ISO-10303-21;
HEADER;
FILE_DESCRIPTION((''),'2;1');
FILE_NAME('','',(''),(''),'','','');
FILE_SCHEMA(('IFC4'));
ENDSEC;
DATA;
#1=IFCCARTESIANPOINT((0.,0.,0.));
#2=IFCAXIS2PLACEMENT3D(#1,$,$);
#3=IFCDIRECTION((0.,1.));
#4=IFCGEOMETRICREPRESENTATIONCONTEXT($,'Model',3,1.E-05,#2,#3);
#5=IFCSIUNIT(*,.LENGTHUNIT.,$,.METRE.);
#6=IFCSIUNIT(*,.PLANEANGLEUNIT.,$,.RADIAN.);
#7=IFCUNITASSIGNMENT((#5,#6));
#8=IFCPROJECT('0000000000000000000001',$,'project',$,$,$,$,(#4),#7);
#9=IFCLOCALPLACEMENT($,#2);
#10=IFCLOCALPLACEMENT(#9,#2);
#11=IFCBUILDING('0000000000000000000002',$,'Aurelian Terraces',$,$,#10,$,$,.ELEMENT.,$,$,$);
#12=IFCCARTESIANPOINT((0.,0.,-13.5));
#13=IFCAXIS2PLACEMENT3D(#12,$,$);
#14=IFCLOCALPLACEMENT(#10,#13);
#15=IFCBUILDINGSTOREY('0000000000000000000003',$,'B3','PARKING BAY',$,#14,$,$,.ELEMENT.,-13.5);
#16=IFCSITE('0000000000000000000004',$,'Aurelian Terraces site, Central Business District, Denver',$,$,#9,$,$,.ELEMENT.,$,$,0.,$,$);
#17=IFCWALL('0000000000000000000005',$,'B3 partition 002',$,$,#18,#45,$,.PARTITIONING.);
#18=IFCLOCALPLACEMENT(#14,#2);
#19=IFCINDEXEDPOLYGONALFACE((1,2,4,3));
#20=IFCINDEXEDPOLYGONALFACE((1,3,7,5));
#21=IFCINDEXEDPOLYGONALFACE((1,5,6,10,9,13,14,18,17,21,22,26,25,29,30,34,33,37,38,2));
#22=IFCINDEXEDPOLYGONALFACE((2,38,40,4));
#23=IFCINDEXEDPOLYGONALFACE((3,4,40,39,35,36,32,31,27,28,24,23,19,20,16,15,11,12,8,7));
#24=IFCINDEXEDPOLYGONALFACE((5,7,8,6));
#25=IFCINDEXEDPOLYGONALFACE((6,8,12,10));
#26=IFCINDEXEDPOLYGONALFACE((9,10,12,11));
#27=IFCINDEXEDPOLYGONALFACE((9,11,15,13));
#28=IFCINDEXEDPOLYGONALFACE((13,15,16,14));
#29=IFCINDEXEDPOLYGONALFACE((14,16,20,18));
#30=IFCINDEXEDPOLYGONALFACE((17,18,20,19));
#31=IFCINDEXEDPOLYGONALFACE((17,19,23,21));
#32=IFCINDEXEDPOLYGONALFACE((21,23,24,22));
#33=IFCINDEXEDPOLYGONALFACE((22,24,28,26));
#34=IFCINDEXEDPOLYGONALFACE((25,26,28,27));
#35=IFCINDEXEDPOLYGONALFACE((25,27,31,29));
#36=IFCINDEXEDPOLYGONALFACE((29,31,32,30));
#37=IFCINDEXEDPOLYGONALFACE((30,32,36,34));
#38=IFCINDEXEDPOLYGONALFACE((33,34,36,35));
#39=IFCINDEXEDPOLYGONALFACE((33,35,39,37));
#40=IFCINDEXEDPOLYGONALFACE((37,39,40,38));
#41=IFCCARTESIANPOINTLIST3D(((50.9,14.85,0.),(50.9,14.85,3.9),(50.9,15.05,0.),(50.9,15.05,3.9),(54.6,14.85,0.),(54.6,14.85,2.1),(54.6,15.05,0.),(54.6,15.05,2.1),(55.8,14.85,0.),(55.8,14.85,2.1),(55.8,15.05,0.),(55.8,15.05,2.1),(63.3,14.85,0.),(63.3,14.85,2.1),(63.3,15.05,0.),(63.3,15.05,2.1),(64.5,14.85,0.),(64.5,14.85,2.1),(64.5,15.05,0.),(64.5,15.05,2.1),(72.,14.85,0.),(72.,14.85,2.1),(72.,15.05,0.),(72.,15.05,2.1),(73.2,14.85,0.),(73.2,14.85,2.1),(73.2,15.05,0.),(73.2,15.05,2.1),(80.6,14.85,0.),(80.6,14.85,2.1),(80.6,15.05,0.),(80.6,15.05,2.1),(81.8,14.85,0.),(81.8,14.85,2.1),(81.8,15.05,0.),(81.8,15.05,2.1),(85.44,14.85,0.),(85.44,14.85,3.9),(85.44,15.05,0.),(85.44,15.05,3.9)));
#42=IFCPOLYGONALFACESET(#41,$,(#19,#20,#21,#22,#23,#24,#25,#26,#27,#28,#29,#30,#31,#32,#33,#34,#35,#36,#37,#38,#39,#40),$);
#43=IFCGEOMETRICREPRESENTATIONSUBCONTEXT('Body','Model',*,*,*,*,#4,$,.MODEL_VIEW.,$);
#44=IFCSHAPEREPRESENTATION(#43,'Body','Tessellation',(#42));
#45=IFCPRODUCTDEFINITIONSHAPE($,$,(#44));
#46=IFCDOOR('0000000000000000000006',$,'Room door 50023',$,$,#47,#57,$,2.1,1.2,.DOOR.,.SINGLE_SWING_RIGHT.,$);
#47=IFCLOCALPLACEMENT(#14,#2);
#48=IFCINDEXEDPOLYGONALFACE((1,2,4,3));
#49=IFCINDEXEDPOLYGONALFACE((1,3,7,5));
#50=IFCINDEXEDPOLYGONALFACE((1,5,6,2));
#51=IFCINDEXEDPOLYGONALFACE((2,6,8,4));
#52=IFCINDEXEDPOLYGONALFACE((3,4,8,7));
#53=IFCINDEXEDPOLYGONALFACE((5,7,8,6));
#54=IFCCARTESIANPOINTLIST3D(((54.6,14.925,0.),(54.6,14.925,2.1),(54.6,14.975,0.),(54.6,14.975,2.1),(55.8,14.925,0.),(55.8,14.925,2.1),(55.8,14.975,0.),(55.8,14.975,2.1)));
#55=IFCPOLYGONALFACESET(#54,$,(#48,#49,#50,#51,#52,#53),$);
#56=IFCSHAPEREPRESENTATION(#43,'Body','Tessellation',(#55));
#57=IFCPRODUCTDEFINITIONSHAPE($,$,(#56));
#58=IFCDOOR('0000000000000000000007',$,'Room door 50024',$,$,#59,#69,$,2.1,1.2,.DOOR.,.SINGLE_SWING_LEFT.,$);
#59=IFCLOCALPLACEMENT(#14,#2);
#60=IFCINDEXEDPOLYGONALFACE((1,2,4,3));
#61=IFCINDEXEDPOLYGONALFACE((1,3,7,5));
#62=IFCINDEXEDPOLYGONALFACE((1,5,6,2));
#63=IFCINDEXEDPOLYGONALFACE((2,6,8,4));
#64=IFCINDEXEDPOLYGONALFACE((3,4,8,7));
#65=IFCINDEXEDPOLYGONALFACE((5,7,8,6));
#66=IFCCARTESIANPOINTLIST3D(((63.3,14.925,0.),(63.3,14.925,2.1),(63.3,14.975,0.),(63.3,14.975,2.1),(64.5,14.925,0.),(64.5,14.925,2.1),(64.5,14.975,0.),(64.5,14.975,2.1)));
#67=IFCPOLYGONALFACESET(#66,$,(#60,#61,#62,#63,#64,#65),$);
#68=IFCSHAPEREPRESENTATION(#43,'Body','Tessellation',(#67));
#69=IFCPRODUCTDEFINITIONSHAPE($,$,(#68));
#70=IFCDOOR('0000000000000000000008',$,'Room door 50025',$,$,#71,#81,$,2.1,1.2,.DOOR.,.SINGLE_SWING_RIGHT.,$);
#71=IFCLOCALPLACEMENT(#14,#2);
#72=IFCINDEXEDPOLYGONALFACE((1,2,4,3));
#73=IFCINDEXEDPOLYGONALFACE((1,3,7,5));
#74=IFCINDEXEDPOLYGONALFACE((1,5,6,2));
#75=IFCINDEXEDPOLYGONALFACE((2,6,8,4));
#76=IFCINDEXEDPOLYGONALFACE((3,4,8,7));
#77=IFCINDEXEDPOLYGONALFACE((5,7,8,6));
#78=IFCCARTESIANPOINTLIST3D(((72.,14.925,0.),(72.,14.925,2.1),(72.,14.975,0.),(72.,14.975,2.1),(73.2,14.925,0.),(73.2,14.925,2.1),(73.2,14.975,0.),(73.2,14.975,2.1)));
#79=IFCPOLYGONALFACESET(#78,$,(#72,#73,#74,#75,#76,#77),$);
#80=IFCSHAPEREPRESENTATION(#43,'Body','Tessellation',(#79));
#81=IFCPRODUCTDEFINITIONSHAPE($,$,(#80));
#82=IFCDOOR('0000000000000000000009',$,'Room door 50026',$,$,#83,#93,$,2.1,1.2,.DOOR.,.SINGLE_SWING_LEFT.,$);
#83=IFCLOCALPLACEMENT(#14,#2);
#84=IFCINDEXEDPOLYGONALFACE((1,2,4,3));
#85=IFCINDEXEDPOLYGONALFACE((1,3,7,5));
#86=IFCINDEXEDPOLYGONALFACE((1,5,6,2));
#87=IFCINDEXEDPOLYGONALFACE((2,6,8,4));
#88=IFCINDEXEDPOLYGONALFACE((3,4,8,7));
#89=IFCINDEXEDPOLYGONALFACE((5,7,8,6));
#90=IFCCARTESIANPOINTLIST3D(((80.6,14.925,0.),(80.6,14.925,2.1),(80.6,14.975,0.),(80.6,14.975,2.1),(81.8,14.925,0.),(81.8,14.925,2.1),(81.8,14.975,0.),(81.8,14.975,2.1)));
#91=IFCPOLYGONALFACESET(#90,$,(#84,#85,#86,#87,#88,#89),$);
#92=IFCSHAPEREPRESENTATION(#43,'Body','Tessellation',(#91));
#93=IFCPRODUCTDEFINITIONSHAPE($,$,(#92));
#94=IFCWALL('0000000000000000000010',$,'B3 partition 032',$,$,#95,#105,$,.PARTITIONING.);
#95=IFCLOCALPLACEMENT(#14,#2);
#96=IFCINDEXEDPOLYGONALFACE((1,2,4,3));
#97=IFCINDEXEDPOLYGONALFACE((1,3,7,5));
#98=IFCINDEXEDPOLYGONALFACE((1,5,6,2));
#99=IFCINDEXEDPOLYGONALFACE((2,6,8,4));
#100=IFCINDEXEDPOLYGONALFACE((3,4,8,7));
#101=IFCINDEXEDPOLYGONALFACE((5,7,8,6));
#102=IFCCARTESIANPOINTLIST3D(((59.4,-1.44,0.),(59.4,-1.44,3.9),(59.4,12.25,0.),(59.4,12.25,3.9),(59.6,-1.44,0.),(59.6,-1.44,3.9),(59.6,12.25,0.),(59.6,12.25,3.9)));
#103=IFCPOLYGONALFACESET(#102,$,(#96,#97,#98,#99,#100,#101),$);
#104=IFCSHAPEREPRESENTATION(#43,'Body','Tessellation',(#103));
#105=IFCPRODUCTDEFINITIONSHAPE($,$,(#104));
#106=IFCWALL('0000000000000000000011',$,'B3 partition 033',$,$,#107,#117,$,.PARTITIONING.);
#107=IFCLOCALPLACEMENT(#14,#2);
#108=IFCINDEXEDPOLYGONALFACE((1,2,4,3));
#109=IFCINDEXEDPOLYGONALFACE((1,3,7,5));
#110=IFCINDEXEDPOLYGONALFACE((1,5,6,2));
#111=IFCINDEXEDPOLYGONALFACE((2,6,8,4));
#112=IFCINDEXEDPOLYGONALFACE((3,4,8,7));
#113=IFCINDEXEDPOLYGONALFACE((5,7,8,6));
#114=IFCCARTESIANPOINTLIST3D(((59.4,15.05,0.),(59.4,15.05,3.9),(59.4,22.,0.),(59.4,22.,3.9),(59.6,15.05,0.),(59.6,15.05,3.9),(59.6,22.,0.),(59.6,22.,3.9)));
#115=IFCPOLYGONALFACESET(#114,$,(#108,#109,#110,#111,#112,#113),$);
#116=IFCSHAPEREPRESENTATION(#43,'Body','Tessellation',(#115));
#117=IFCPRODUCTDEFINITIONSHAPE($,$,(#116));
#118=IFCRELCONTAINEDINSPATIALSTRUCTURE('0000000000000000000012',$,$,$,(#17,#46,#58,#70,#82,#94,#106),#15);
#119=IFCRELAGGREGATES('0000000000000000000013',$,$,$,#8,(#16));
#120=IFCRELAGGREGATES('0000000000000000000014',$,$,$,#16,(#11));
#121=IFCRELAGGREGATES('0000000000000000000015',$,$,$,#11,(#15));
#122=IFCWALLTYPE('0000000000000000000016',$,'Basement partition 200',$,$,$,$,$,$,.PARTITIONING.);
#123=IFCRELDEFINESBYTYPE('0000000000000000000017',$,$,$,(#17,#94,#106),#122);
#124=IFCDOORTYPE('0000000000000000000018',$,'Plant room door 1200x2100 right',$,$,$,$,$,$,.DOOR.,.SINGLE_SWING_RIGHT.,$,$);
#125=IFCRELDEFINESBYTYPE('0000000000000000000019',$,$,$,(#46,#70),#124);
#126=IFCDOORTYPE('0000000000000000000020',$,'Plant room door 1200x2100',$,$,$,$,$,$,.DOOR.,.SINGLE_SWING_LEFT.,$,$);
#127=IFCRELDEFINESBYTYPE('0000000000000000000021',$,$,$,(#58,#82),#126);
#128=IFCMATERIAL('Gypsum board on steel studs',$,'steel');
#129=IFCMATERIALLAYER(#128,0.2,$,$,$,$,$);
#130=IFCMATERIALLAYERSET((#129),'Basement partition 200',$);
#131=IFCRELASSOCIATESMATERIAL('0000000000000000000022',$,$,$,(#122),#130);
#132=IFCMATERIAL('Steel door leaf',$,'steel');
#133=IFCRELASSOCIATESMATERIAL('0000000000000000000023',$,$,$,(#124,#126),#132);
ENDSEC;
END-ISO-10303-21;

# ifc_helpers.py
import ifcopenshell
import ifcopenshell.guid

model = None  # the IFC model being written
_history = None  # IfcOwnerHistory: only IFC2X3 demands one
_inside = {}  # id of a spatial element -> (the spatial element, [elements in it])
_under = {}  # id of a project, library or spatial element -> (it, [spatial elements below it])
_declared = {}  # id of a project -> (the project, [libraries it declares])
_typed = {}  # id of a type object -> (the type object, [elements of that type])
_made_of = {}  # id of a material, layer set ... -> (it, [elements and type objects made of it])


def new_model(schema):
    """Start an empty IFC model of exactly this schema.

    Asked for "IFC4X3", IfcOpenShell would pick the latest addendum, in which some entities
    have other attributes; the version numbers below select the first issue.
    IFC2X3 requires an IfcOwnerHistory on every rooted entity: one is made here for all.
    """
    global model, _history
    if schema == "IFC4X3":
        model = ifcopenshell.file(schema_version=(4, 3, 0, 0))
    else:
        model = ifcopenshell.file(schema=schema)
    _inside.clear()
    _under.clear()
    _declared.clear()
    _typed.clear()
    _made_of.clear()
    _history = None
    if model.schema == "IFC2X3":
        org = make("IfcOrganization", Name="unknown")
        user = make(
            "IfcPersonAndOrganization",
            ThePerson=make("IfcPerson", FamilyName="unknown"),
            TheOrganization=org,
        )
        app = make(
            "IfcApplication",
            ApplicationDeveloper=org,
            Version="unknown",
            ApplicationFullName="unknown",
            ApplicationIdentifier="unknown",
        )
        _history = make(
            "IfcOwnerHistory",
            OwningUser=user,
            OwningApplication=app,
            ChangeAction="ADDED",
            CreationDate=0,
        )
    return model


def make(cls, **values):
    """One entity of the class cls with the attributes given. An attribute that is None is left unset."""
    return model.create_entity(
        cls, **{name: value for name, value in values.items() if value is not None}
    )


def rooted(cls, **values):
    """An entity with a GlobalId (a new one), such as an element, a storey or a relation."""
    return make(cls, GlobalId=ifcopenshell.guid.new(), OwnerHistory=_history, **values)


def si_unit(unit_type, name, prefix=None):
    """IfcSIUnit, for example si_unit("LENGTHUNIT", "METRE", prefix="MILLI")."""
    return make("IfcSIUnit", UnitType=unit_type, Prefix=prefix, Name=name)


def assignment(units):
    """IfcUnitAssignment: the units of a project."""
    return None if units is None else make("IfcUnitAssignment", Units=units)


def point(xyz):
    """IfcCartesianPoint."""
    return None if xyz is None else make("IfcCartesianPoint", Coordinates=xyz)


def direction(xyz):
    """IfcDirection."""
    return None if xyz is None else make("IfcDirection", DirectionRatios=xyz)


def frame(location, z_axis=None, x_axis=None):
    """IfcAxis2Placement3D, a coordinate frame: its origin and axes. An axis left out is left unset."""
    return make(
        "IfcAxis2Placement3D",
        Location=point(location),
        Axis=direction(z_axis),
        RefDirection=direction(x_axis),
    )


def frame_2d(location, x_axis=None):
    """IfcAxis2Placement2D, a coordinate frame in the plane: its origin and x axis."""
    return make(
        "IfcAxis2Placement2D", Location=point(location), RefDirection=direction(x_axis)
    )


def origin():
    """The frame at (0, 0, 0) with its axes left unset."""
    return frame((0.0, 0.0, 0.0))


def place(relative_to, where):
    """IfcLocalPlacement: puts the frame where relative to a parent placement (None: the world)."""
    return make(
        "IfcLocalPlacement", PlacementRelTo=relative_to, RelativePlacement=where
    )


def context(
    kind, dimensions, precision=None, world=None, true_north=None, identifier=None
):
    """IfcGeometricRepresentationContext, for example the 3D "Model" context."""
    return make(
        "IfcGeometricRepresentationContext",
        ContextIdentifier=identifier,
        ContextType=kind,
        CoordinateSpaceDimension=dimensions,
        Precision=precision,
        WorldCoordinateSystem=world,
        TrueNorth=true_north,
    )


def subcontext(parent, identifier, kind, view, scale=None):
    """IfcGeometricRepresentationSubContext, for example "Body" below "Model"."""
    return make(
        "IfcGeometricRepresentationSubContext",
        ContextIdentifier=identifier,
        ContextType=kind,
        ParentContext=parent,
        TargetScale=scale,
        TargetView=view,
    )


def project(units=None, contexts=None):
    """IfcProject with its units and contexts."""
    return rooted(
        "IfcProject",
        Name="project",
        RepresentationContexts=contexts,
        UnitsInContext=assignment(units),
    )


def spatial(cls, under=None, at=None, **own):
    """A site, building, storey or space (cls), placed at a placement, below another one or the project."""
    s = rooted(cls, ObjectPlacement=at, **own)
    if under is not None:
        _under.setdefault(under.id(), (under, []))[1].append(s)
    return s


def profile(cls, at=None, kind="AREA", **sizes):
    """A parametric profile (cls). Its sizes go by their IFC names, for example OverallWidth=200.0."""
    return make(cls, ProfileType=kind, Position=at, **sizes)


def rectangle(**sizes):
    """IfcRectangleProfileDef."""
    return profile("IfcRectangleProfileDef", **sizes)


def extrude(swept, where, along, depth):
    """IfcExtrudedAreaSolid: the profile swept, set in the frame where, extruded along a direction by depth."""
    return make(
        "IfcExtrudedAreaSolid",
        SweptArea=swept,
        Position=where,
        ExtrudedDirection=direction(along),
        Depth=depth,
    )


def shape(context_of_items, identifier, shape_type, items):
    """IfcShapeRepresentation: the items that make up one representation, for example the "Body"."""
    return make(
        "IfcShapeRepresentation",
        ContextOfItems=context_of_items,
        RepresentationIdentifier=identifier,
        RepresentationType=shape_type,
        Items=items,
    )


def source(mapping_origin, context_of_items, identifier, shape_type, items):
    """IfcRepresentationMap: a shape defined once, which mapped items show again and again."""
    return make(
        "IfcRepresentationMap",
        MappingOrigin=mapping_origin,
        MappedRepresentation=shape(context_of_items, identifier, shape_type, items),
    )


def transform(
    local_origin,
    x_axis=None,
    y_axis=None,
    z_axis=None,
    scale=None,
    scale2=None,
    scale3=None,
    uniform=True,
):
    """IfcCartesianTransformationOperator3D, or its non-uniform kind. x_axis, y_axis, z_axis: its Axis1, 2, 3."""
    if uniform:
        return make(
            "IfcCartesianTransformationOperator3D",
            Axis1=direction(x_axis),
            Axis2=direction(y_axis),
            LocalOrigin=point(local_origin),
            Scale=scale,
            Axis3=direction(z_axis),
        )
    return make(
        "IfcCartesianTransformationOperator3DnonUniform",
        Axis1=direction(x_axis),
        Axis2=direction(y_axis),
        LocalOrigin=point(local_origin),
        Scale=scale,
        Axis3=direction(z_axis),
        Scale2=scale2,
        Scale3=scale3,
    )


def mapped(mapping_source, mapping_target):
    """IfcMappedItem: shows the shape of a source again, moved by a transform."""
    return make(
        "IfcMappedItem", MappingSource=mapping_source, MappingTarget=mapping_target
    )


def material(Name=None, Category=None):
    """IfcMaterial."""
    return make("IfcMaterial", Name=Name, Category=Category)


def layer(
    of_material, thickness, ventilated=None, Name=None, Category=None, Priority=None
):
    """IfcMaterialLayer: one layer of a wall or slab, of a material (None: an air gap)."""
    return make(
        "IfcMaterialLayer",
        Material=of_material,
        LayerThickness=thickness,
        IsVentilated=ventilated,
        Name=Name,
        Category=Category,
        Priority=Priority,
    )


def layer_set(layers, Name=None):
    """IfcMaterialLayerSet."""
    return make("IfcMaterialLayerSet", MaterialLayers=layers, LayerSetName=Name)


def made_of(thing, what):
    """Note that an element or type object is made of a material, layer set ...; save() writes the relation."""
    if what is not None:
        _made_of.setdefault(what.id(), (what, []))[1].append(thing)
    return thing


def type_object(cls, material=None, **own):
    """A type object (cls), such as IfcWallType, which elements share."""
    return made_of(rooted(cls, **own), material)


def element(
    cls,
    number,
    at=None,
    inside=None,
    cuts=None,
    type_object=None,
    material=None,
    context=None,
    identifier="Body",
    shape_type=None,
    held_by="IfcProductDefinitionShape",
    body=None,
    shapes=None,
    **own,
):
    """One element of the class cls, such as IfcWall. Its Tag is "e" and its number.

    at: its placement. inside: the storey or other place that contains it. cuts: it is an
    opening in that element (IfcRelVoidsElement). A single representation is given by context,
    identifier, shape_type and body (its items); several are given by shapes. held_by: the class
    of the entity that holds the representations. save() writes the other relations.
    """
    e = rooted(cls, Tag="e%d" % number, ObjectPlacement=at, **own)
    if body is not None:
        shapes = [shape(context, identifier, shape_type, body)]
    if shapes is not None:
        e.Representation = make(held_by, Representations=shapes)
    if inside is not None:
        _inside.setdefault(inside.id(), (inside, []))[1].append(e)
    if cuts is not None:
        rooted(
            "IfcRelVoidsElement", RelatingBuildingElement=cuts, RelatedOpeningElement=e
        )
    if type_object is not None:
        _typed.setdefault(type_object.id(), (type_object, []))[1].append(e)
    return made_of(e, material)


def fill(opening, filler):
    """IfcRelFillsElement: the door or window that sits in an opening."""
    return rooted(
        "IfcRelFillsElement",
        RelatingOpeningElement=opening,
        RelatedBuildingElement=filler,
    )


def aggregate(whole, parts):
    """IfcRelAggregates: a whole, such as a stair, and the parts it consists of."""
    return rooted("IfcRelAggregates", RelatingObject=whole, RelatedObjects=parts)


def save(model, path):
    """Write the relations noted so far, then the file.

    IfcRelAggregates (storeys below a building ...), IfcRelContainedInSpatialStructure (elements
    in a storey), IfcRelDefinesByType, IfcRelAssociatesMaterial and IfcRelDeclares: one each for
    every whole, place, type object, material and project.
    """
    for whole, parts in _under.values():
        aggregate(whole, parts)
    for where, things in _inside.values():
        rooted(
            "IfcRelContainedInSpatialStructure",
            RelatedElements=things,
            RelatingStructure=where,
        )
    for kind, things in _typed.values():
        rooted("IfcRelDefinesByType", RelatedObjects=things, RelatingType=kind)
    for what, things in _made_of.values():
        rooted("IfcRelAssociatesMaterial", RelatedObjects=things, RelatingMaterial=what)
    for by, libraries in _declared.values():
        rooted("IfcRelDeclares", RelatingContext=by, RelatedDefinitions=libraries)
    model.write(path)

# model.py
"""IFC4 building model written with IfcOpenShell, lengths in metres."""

from ifc_helpers import new_model, si_unit, direction, frame, frame_2d, origin, place, context, subcontext, project, spatial, rectangle, extrude, source, transform, mapped, material, layer, layer_set, type_object, element, fill, save


model = new_model("IFC4")

# Units and contexts
model_context = context("Model", 3, precision=1e-05, world=origin(), true_north=direction((0.0, 1.0)))
body_context = subcontext(model_context, "Body", "Model", "MODEL_VIEW")
ifc_project = project(units=[si_unit("LENGTHUNIT", "METRE"), si_unit("PLANEANGLEUNIT", "RADIAN")], contexts=[model_context])

# Site, building, storey
site_placement = place(None, origin())
site = spatial("IfcSite", under=ifc_project, at=site_placement, Name="Aurelian Terraces site, Central Business District, Denver", CompositionType="ELEMENT", RefElevation=0.0)
building_placement = place(site_placement, origin())
building = spatial("IfcBuilding", under=site, at=building_placement, Name="Aurelian Terraces", CompositionType="ELEMENT")
storey_placement = place(building_placement, frame((0.0, 0.0, -13.5)))
storey = spatial("IfcBuildingStorey", under=building, at=storey_placement, Name="B3", Description="PARKING BAY", CompositionType="ELEMENT", Elevation=-13.5)

# Shared definitions
ifc_material_1 = material(Name="Gypsum board on steel studs", Category="steel")
ifc_layer = layer(ifc_material_1, 0.2)
ifc_layer_set = layer_set([ifc_layer], Name="Basement partition 200")
wall_type = type_object("IfcWallType", Name="Basement partition 200", PredefinedType="PARTITIONING", material=ifc_layer_set)
ifc_material_2 = material(Name="Steel door leaf", Category="steel")

# Wall, openings, doors
shared_shape_1 = source(origin(), body_context, "Body", "SweptSolid", [
    extrude(rectangle(XDim=34.54, YDim=0.2, at=frame_2d((17.27, 0.0))), origin(), (0.0, 0.0, 1.0), 3.9),
])
wall_1_placement = place(storey_placement, frame((50.9, 14.95, 0.0), z_axis=(0.0, 0.0, 1.0), x_axis=(1.0, 0.0, 0.0)))
wall_1 = element("IfcWall", 1, at=wall_1_placement, inside=storey, type_object=wall_type, Name="B3 partition 002", PredefinedType="PARTITIONING", context=body_context, shape_type="MappedRepresentation", body=[
    mapped(shared_shape_1, transform((0.0, 0.0, 0.0), scale=1.0)),
])
shared_shape_2 = source(origin(), body_context, "Body", "SweptSolid", [
    extrude(rectangle(XDim=1.2, YDim=2.1, at=frame_2d((0.6, 1.05))), frame((0.0, 0.11, 0.0), z_axis=(0.0, -1.0, 0.0), x_axis=(1.0, 0.0, 0.0)), (0.0, 0.0, 1.0), 0.22),
])
opening_1_placement = place(wall_1_placement, frame((3.7, 0.0, 0.0)))
opening_1 = element("IfcOpeningElement", 2, at=opening_1_placement, cuts=wall_1, PredefinedType="OPENING", context=body_context, shape_type="MappedRepresentation", body=[
    mapped(shared_shape_2, transform((0.0, 0.0, 0.0), scale=1.0)),
])
opening_2_placement = place(wall_1_placement, frame((12.4, 0.0, 0.0)))
opening_2 = element("IfcOpeningElement", 3, at=opening_2_placement, cuts=wall_1, PredefinedType="OPENING", context=body_context, shape_type="MappedRepresentation", body=[
    mapped(shared_shape_2, transform((0.0, 0.0, 0.0), scale=1.0)),
])
opening_3_placement = place(wall_1_placement, frame((21.1, 0.0, 0.0)))
opening_3 = element("IfcOpeningElement", 4, at=opening_3_placement, cuts=wall_1, PredefinedType="OPENING", context=body_context, shape_type="MappedRepresentation", body=[
    mapped(shared_shape_2, transform((0.0, 0.0, 0.0), scale=1.0)),
])
opening_4_placement = place(wall_1_placement, frame((29.7, 0.0, 0.0)))
opening_4 = element("IfcOpeningElement", 5, at=opening_4_placement, cuts=wall_1, PredefinedType="OPENING", context=body_context, shape_type="MappedRepresentation", body=[
    mapped(shared_shape_2, transform((0.0, 0.0, 0.0), scale=1.0)),
])
door_type_1 = type_object("IfcDoorType", Name="Plant room door 1200x2100 right", OperationType="SINGLE_SWING_RIGHT", PredefinedType="DOOR", material=ifc_material_2)
shared_shape_3 = source(origin(), body_context, "Body", "SweptSolid", [
    extrude(rectangle(XDim=1.2, YDim=2.1, at=frame_2d((0.6, 1.05))), frame((0.0, 0.025, 0.0), z_axis=(0.0, -1.0, 0.0), x_axis=(1.0, 0.0, 0.0)), (0.0, 0.0, 1.0), 0.05),
])
door_1_placement = place(opening_1_placement, origin())
door_1 = element("IfcDoor", 6, at=door_1_placement, inside=storey, type_object=door_type_1, Name="Room door 50023", OperationType="SINGLE_SWING_RIGHT", OverallHeight=2.1, OverallWidth=1.2, PredefinedType="DOOR", context=body_context, shape_type="MappedRepresentation", body=[
    mapped(shared_shape_3, transform((0.0, 0.0, 0.0), scale=1.0)),
])
fill(opening_1, door_1)
door_type_2 = type_object("IfcDoorType", Name="Plant room door 1200x2100", OperationType="SINGLE_SWING_LEFT", PredefinedType="DOOR", material=ifc_material_2)
door_2_placement = place(opening_2_placement, origin())
door_2 = element("IfcDoor", 7, at=door_2_placement, inside=storey, type_object=door_type_2, Name="Room door 50024", OperationType="SINGLE_SWING_LEFT", OverallHeight=2.1, OverallWidth=1.2, PredefinedType="DOOR", context=body_context, shape_type="MappedRepresentation", body=[
    mapped(shared_shape_3, transform((0.0, 0.0, 0.0), scale=1.0)),
])
fill(opening_2, door_2)
door_3_placement = place(opening_3_placement, origin())
door_3 = element("IfcDoor", 8, at=door_3_placement, inside=storey, type_object=door_type_1, Name="Room door 50025", OperationType="SINGLE_SWING_RIGHT", OverallHeight=2.1, OverallWidth=1.2, PredefinedType="DOOR", context=body_context, shape_type="MappedRepresentation", body=[
    mapped(shared_shape_3, transform((0.0, 0.0, 0.0), scale=1.0)),
])
fill(opening_3, door_3)
door_4_placement = place(opening_4_placement, origin())
door_4 = element("IfcDoor", 9, at=door_4_placement, inside=storey, type_object=door_type_2, Name="Room door 50026", OperationType="SINGLE_SWING_LEFT", OverallHeight=2.1, OverallWidth=1.2, PredefinedType="DOOR", context=body_context, shape_type="MappedRepresentation", body=[
    mapped(shared_shape_3, transform((0.0, 0.0, 0.0), scale=1.0)),
])
fill(opening_4, door_4)

# Walls
shared_shape_4 = source(origin(), body_context, "Body", "SweptSolid", [
    extrude(rectangle(XDim=13.69, YDim=0.2, at=frame_2d((6.845, 0.0))), origin(), (0.0, 0.0, 1.0), 3.9),
])
wall_2_placement = place(storey_placement, frame((59.5, -1.44, 0.0), z_axis=(0.0, 0.0, 1.0), x_axis=(0.0, 1.0, 0.0)))
element("IfcWall", 10, at=wall_2_placement, inside=storey, type_object=wall_type, Name="B3 partition 032", PredefinedType="PARTITIONING", context=body_context, shape_type="MappedRepresentation", body=[
    mapped(shared_shape_4, transform((0.0, 0.0, 0.0), scale=1.0)),
])
shared_shape_5 = source(origin(), body_context, "Body", "SweptSolid", [
    extrude(rectangle(XDim=6.95, YDim=0.2, at=frame_2d((3.475, 0.0))), origin(), (0.0, 0.0, 1.0), 3.9),
])
wall_3_placement = place(storey_placement, frame((59.5, 15.05, 0.0), z_axis=(0.0, 0.0, 1.0), x_axis=(0.0, 1.0, 0.0)))
element("IfcWall", 11, at=wall_3_placement, inside=storey, type_object=wall_type, Name="B3 partition 033", PredefinedType="PARTITIONING", context=body_context, shape_type="MappedRepresentation", body=[
    mapped(shared_shape_5, transform((0.0, 0.0, 0.0), scale=1.0)),
])

save(model, "model.ifc")
